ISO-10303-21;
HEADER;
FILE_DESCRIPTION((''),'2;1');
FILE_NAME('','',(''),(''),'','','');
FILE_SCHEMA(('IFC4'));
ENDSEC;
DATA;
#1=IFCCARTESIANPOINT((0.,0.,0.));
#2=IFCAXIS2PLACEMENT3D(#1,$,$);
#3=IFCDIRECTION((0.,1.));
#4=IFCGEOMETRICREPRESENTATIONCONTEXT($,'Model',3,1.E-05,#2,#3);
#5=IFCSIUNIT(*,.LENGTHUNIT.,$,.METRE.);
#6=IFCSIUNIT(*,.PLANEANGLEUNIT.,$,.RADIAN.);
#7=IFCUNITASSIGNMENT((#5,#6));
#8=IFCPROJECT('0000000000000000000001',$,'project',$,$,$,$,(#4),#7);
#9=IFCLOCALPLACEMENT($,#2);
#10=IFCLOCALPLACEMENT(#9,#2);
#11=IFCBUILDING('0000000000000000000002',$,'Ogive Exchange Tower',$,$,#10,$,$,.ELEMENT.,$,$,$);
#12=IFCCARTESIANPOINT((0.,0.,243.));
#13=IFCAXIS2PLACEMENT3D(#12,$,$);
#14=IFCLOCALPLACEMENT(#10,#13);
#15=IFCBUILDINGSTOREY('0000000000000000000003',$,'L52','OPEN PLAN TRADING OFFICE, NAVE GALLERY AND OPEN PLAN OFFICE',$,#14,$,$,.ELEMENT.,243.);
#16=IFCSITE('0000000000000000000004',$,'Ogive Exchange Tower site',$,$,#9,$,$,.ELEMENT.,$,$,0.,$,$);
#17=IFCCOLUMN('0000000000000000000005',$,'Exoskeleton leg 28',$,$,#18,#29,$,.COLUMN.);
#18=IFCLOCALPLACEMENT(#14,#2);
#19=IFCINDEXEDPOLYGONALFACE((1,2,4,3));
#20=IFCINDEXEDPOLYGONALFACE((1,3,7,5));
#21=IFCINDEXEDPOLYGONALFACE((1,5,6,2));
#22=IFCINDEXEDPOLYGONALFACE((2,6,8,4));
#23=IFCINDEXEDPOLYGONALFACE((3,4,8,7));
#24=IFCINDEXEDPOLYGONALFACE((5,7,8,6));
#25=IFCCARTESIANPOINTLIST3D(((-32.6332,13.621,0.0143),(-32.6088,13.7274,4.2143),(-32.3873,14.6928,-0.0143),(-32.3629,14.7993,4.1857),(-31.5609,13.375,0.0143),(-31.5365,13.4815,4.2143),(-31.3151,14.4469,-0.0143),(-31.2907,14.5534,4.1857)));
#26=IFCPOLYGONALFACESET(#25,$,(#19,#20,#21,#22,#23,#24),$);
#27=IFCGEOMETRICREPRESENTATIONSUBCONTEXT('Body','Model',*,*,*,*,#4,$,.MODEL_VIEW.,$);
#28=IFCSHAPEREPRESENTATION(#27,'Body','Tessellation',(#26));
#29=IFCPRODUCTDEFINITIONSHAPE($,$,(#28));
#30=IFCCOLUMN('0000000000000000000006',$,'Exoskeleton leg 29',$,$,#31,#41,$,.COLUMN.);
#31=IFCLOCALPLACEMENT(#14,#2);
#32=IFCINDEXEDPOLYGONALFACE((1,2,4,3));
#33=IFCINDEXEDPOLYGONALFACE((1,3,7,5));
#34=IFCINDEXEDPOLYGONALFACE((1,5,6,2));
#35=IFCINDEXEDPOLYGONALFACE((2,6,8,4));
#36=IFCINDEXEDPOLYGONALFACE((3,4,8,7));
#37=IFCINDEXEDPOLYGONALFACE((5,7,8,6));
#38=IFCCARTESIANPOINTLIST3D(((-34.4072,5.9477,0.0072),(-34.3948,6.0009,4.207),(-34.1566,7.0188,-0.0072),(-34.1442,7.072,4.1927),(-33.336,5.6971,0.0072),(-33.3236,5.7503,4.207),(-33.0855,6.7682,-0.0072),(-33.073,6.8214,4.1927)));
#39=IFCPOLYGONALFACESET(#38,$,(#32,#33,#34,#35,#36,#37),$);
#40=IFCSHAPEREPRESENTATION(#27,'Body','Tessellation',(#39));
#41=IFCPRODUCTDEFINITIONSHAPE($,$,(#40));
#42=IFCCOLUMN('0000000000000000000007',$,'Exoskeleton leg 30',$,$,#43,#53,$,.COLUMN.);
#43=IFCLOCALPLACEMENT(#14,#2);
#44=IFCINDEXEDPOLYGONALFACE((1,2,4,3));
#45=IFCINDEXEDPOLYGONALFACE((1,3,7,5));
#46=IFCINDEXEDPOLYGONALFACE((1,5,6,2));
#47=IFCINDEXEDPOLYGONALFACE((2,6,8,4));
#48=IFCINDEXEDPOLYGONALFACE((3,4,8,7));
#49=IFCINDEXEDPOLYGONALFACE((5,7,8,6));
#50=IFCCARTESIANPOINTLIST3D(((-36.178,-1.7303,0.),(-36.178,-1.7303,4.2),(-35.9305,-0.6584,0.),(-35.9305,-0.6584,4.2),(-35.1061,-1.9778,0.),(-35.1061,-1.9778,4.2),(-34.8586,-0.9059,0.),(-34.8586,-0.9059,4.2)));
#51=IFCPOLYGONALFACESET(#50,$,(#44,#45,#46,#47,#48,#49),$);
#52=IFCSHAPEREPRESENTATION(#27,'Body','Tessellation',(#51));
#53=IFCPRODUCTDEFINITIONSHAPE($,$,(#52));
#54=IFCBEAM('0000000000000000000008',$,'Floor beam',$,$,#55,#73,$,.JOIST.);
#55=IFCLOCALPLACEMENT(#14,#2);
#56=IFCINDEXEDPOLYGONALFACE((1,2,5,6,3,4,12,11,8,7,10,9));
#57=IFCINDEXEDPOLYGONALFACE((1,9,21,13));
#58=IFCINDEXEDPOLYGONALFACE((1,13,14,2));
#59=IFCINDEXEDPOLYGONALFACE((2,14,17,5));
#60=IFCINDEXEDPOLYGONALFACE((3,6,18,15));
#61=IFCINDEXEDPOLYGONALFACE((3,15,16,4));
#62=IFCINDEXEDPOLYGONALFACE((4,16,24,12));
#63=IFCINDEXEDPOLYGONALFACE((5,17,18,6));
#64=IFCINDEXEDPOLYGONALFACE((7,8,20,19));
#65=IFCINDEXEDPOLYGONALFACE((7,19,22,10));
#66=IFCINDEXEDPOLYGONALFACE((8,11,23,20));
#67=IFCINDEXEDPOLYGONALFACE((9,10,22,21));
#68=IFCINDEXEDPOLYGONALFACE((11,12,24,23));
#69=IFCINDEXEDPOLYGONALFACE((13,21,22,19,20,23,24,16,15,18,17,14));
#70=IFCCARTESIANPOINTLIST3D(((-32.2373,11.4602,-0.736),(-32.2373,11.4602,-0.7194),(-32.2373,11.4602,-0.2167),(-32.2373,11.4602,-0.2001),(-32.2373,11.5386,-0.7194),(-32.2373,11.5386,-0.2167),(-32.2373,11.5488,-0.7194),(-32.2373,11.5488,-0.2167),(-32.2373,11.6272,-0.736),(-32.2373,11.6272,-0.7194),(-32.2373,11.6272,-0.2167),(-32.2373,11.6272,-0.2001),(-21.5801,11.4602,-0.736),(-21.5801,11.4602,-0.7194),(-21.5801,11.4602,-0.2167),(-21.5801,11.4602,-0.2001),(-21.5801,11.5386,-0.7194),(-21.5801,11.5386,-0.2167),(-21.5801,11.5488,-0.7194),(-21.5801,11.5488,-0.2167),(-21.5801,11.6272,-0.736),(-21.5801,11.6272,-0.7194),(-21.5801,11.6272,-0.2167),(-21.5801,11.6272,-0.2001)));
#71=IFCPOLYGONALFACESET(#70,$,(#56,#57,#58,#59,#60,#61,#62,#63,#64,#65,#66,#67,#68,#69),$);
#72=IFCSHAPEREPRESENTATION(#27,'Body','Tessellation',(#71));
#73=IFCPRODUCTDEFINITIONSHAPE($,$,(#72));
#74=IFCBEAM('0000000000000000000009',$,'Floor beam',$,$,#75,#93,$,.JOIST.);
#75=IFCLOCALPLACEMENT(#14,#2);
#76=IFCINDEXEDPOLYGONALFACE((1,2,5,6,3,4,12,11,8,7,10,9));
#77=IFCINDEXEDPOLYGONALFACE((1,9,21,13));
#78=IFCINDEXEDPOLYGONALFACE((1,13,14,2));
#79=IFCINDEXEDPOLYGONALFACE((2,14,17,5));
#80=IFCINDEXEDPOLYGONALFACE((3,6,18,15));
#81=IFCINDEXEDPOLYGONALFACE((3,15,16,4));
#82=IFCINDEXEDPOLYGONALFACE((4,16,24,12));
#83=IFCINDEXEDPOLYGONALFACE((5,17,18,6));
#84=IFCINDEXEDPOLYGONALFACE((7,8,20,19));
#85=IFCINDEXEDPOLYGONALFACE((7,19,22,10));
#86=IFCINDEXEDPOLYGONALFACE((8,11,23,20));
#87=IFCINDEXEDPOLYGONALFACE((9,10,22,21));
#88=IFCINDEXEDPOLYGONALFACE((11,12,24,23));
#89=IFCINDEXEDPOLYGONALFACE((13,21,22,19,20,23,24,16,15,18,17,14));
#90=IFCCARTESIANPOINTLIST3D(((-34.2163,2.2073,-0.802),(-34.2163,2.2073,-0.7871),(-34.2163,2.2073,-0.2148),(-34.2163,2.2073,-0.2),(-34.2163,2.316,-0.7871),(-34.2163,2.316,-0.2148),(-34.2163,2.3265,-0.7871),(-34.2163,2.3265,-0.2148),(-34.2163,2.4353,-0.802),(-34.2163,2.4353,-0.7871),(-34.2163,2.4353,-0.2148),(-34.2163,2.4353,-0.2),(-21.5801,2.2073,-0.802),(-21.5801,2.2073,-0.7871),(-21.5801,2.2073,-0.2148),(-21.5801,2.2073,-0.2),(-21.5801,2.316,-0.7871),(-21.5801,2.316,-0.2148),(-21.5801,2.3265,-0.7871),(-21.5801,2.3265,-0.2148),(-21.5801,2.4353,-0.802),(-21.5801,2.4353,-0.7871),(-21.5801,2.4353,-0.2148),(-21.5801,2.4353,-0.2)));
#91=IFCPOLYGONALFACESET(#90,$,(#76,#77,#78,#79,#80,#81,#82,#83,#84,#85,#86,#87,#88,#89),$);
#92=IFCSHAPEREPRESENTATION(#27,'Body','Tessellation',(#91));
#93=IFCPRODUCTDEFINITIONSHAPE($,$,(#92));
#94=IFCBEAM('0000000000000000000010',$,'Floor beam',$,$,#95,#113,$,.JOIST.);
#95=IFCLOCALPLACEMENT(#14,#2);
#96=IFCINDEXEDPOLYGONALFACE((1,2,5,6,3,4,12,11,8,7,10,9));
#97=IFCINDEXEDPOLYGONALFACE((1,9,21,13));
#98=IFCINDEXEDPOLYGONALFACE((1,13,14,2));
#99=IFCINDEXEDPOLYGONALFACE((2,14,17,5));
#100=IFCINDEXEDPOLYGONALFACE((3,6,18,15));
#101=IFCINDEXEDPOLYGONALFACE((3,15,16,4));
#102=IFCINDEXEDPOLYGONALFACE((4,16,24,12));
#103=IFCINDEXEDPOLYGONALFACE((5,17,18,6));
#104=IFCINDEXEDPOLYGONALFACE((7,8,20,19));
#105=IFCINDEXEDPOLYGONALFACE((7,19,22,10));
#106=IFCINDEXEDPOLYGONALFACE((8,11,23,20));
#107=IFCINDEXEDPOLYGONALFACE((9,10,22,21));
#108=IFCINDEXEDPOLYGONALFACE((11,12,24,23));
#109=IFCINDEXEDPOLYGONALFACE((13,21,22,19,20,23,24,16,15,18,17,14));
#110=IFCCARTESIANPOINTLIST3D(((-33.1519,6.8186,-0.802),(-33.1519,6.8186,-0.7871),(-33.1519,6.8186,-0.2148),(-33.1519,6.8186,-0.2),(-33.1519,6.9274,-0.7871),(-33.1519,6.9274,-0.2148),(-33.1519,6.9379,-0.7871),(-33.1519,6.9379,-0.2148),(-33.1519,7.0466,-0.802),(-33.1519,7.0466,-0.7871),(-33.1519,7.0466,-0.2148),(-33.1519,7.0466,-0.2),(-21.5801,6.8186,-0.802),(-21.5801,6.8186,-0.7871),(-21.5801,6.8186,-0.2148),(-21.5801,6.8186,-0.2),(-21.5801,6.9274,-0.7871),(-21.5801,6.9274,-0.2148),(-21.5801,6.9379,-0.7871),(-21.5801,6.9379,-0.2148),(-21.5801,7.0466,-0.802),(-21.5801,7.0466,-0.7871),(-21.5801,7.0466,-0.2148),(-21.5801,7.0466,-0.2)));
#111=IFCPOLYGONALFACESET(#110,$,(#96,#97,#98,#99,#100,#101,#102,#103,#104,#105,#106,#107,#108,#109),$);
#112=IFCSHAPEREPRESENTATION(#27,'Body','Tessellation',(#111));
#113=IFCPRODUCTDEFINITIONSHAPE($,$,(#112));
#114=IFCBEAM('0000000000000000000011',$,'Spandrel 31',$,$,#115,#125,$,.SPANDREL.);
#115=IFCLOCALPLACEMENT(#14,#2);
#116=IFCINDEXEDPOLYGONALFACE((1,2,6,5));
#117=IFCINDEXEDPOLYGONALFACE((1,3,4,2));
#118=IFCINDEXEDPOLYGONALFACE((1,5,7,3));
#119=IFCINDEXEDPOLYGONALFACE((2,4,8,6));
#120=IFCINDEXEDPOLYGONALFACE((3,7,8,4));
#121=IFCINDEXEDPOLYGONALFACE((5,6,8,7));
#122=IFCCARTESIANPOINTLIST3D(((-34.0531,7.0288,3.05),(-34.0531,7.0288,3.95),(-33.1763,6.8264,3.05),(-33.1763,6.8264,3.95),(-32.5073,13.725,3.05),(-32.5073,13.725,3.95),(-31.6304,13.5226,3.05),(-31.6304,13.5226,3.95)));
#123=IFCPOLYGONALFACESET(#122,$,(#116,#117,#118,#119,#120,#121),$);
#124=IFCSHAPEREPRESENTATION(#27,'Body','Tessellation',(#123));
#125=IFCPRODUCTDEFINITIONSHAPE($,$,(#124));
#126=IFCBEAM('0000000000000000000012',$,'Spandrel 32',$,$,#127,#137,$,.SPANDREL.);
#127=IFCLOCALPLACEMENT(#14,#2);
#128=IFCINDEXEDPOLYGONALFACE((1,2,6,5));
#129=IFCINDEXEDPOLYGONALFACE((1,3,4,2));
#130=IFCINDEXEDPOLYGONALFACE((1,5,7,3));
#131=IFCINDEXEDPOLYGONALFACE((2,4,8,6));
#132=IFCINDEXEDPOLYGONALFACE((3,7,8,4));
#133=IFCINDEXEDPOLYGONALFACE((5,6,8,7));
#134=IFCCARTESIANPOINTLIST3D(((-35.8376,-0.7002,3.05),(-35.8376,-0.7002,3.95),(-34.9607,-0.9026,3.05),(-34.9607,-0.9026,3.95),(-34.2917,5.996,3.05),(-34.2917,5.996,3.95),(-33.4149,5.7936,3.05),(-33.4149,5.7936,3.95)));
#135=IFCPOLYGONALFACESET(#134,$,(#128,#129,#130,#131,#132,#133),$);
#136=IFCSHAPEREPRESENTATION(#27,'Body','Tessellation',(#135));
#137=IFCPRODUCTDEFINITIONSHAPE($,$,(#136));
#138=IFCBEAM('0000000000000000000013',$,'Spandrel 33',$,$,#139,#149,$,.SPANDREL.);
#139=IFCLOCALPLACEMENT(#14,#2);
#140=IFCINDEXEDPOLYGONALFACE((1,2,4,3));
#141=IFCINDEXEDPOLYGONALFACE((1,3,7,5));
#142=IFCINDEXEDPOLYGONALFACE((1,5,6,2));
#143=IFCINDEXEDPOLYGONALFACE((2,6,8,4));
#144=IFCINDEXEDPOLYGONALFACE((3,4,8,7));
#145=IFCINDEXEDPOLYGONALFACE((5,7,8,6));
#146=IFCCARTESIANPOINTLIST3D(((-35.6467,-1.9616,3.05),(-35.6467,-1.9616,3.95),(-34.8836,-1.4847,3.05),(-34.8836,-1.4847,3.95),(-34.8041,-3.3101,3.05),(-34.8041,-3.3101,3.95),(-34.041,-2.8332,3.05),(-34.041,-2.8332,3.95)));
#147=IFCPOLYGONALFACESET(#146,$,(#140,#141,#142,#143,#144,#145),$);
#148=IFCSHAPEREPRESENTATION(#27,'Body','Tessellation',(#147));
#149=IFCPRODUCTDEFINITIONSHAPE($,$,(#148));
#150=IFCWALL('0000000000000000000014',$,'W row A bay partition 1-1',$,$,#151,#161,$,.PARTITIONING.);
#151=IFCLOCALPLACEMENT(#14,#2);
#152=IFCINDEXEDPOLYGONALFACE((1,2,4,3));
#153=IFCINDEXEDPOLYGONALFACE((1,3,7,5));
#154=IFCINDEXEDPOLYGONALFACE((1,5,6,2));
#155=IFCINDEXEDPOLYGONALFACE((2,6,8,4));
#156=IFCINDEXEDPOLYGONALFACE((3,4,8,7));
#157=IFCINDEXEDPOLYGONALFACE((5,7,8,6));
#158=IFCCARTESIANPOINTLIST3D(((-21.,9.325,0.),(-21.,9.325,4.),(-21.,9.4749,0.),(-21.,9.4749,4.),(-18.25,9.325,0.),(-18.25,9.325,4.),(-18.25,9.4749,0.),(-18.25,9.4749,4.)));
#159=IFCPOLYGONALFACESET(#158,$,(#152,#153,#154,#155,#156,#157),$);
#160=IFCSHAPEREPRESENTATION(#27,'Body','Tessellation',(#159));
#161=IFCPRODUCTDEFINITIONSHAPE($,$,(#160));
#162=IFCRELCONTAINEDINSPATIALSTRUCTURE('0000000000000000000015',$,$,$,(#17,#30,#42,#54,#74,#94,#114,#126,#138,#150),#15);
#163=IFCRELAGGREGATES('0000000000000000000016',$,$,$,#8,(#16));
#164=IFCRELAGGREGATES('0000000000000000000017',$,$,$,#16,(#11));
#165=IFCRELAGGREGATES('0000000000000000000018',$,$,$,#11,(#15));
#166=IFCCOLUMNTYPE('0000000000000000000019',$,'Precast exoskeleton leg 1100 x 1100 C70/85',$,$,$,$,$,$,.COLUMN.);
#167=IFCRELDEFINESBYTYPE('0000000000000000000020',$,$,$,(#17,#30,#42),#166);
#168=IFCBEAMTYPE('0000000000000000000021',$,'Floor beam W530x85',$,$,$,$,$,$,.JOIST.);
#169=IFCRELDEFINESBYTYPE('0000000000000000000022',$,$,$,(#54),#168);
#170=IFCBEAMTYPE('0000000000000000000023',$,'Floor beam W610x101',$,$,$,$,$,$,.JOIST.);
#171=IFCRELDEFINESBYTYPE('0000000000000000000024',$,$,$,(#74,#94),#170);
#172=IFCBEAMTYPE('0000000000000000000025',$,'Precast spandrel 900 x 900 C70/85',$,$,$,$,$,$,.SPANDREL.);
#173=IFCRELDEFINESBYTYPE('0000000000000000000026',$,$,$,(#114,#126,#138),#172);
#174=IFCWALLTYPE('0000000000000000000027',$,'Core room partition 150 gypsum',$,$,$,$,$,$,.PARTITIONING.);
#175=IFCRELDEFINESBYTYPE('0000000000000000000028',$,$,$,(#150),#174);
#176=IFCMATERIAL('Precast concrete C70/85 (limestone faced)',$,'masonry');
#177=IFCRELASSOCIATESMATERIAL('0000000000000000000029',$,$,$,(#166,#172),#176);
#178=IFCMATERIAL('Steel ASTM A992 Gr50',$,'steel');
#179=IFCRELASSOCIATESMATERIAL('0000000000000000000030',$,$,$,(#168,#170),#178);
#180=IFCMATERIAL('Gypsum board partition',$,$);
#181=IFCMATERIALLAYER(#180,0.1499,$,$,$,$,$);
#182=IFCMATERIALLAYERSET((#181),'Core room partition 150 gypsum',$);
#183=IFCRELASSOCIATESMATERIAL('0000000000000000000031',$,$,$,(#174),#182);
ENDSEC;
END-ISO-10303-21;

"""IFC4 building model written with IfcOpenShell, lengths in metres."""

from ifc_helpers import new_model, si_unit, direction, frame, frame_2d, origin, origin_2d, place, context, subcontext, project, spatial, rectangle, i_section, extrude, material, layer, layer_set, material_profile, profile_set, type_object, element, save


model = new_model("IFC4")

# Units and contexts
model_context = context("Model", 3, precision=1e-05, world=origin(), true_north=direction((0.0, 1.0)))
body_context = subcontext(model_context, "Body", "Model", "MODEL_VIEW")
ifc_project = project(units=[si_unit("LENGTHUNIT", "METRE"), si_unit("PLANEANGLEUNIT", "RADIAN")], contexts=[model_context])

# Site, building, storey
site_placement = place(None, origin())
site = spatial("IfcSite", under=ifc_project, at=site_placement, Name="Ogive Exchange Tower site", CompositionType="ELEMENT", RefElevation=0.0)
building_placement = place(site_placement, origin())
building = spatial("IfcBuilding", under=site, at=building_placement, Name="Ogive Exchange Tower", CompositionType="ELEMENT")
storey_placement = place(building_placement, frame((0.0, 0.0, 243.0)))
storey = spatial("IfcBuildingStorey", under=building, at=storey_placement, Name="L52", Description="OPEN PLAN TRADING OFFICE, NAVE GALLERY AND OPEN PLAN OFFICE", CompositionType="ELEMENT", Elevation=243.0)

# Columns
ifc_material_1 = material(Name="Precast concrete C70/85 (limestone faced)", Category="masonry")
ifc_material_profile_1 = material_profile(ifc_material_1, rectangle(XDim=1.1001, YDim=1.1001, at=origin_2d()), Name="1100 x 1100")
ifc_profile_set_1 = profile_set([ifc_material_profile_1], Name="Precast concrete C70/85 (limestone faced)")
column_type = type_object("IfcColumnType", Name="Precast exoskeleton leg 1100 x 1100 C70/85", PredefinedType="COLUMN", material=ifc_profile_set_1)
column_1_placement = place(storey_placement, frame((-31.9741, 14.0339, 0.0), z_axis=(0.005811, 0.025336, 0.999662), x_axis=(-0.974692, 0.223553, 0.0)))
element("IfcColumn", 1, at=column_1_placement, inside=storey, type_object=column_type, Name="Exoskeleton leg 28", PredefinedType="COLUMN", context=body_context, shape_type="SweptSolid", body=[
    extrude(rectangle(XDim=1.1001, YDim=1.1001, at=origin_2d()), origin(), (0.0, 0.0, 1.0), 4.2014),
])
column_2_placement = place(storey_placement, frame((-33.7463, 6.3579, 0.0), z_axis=(0.002964, 0.012671, 0.999915), x_axis=(-0.973709, 0.227794, 0.0)))
element("IfcColumn", 2, at=column_2_placement, inside=storey, type_object=column_type, Name="Exoskeleton leg 29", PredefinedType="COLUMN", context=body_context, shape_type="SweptSolid", body=[
    extrude(rectangle(XDim=1.1001, YDim=1.1001, at=origin_2d()), origin(), (0.0, 0.0, 1.0), 4.2002),
])
column_3_placement = place(storey_placement, frame((-35.5183, -1.3181, 0.0), z_axis=(0.0, 0.0, 1.0), x_axis=(0.97437, -0.224951, 0.0)))
element("IfcColumn", 3, at=column_3_placement, inside=storey, type_object=column_type, Name="Exoskeleton leg 30", PredefinedType="COLUMN", context=body_context, shape_type="SweptSolid", body=[
    extrude(rectangle(XDim=1.1001, YDim=1.1001, at=origin_2d()), origin(), (0.0, 0.0, 1.0), 4.2),
])

# Beams
ifc_material_2 = material(Name="Steel ASTM A992 Gr50", Category="steel")
ifc_material_profile_2 = material_profile(ifc_material_2, i_section(OverallWidth=0.167, OverallDepth=0.5359, WebThickness=0.0103, FlangeThickness=0.0166, at=origin_2d()), Name="W530x85")
ifc_profile_set_2 = profile_set([ifc_material_profile_2], Name="Steel ASTM A992 Gr50")
beam_type_1 = type_object("IfcBeamType", Name="Floor beam W530x85", PredefinedType="JOIST", material=ifc_profile_set_2)
beam_1_placement = place(storey_placement, frame((-32.2373, 11.5437, -0.468), z_axis=(1.0, 0.0, 0.0), x_axis=(0.0, 1.0, 0.0)))
element("IfcBeam", 4, at=beam_1_placement, inside=storey, type_object=beam_type_1, Name="Floor beam", PredefinedType="JOIST", context=body_context, shape_type="SweptSolid", body=[
    extrude(i_section(OverallWidth=0.167, OverallDepth=0.5359, WebThickness=0.0103, FlangeThickness=0.0166, at=origin_2d()), origin(), (0.0, 0.0, 1.0), 10.6572),
])
ifc_material_profile_3 = material_profile(ifc_material_2, i_section(OverallWidth=0.228, OverallDepth=0.6021, WebThickness=0.0105, FlangeThickness=0.0149, at=origin_2d()), Name="W610x101")
ifc_profile_set_3 = profile_set([ifc_material_profile_3], Name="Steel ASTM A992 Gr50")
beam_type_2 = type_object("IfcBeamType", Name="Floor beam W610x101", PredefinedType="JOIST", material=ifc_profile_set_3)
beam_2_placement = place(storey_placement, frame((-34.2163, 2.3213, -0.501), z_axis=(1.0, 0.0, 0.0), x_axis=(0.0, 1.0, 0.0)))
element("IfcBeam", 5, at=beam_2_placement, inside=storey, type_object=beam_type_2, Name="Floor beam", PredefinedType="JOIST", context=body_context, shape_type="SweptSolid", body=[
    extrude(i_section(OverallWidth=0.228, OverallDepth=0.6021, WebThickness=0.0105, FlangeThickness=0.0149, at=origin_2d()), origin(), (0.0, 0.0, 1.0), 12.6362),
])
beam_3_placement = place(storey_placement, frame((-33.1519, 6.9326, -0.501), z_axis=(1.0, 0.0, 0.0), x_axis=(0.0, 1.0, 0.0)))
element("IfcBeam", 6, at=beam_3_placement, inside=storey, type_object=beam_type_2, Name="Floor beam", PredefinedType="JOIST", context=body_context, shape_type="SweptSolid", body=[
    extrude(i_section(OverallWidth=0.228, OverallDepth=0.6021, WebThickness=0.0105, FlangeThickness=0.0149, at=origin_2d()), origin(), (0.0, 0.0, 1.0), 11.5718),
])
ifc_material_profile_4 = material_profile(ifc_material_1, rectangle(XDim=0.8999, YDim=0.8999, at=origin_2d()), Name="900 x 900")
ifc_profile_set_4 = profile_set([ifc_material_profile_4], Name="Precast concrete C70/85 (limestone faced)")
beam_type_3 = type_object("IfcBeamType", Name="Precast spandrel 900 x 900 C70/85", PredefinedType="SPANDREL", material=ifc_profile_set_4)
for number, where, z_axis, x_axis, name in (
    (7, (-32.0688, 13.6238, 3.5), (-0.224943, -0.974372, 0.0), (0.974372, -0.224943, 0.0), "Spandrel 31"),
    (8, (-33.8533, 5.8948, 3.5), (-0.224943, -0.974372, 0.0), (0.974372, -0.224943, 0.0), "Spandrel 32"),
):
    element("IfcBeam", number, at=place(storey_placement, frame(where, z_axis=z_axis, x_axis=x_axis)), inside=storey, type_object=beam_type_3, Name=name, PredefinedType="SPANDREL", context=body_context, shape_type="SweptSolid", body=[
        extrude(rectangle(XDim=0.8999, YDim=0.8999, at=origin_2d()), origin(), (0.0, 0.0, 1.0), 6.8723),
    ])
beam_4_placement = place(storey_placement, frame((-35.2651, -1.7231, 3.5), z_axis=(0.529902, -0.848059, 0.0), x_axis=(0.848059, 0.529902, 0.0)))
element("IfcBeam", 9, at=beam_4_placement, inside=storey, type_object=beam_type_3, Name="Spandrel 33", PredefinedType="SPANDREL", context=body_context, shape_type="SweptSolid", body=[
    extrude(rectangle(XDim=0.8999, YDim=0.8999, at=origin_2d()), origin(), (0.0, 0.0, 1.0), 1.5901),
])

# Wall
ifc_material_3 = material(Name="Gypsum board partition")
ifc_layer_1 = layer(ifc_material_3, 0.1499)
ifc_layer_set_1 = layer_set([ifc_layer_1], Name="Core room partition 150 gypsum")
wall_type_1 = type_object("IfcWallType", Name="Core room partition 150 gypsum", PredefinedType="PARTITIONING", material=ifc_layer_set_1)
wall_1_placement = place(storey_placement, frame((-21.0, 9.3999, 0.0), z_axis=(0.0, 0.0, 1.0), x_axis=(1.0, 0.0, 0.0)))
element("IfcWall", 10, at=wall_1_placement, inside=storey, type_object=wall_type_1, Name="W row A bay partition 1-1", PredefinedType="PARTITIONING", context=body_context, shape_type="SweptSolid", body=[
    extrude(rectangle(XDim=2.75, YDim=0.1499, at=frame_2d((1.375, 0.0))), origin(), (0.0, 0.0, 1.0), 4.0),
])

save(model, "model.ifc")
